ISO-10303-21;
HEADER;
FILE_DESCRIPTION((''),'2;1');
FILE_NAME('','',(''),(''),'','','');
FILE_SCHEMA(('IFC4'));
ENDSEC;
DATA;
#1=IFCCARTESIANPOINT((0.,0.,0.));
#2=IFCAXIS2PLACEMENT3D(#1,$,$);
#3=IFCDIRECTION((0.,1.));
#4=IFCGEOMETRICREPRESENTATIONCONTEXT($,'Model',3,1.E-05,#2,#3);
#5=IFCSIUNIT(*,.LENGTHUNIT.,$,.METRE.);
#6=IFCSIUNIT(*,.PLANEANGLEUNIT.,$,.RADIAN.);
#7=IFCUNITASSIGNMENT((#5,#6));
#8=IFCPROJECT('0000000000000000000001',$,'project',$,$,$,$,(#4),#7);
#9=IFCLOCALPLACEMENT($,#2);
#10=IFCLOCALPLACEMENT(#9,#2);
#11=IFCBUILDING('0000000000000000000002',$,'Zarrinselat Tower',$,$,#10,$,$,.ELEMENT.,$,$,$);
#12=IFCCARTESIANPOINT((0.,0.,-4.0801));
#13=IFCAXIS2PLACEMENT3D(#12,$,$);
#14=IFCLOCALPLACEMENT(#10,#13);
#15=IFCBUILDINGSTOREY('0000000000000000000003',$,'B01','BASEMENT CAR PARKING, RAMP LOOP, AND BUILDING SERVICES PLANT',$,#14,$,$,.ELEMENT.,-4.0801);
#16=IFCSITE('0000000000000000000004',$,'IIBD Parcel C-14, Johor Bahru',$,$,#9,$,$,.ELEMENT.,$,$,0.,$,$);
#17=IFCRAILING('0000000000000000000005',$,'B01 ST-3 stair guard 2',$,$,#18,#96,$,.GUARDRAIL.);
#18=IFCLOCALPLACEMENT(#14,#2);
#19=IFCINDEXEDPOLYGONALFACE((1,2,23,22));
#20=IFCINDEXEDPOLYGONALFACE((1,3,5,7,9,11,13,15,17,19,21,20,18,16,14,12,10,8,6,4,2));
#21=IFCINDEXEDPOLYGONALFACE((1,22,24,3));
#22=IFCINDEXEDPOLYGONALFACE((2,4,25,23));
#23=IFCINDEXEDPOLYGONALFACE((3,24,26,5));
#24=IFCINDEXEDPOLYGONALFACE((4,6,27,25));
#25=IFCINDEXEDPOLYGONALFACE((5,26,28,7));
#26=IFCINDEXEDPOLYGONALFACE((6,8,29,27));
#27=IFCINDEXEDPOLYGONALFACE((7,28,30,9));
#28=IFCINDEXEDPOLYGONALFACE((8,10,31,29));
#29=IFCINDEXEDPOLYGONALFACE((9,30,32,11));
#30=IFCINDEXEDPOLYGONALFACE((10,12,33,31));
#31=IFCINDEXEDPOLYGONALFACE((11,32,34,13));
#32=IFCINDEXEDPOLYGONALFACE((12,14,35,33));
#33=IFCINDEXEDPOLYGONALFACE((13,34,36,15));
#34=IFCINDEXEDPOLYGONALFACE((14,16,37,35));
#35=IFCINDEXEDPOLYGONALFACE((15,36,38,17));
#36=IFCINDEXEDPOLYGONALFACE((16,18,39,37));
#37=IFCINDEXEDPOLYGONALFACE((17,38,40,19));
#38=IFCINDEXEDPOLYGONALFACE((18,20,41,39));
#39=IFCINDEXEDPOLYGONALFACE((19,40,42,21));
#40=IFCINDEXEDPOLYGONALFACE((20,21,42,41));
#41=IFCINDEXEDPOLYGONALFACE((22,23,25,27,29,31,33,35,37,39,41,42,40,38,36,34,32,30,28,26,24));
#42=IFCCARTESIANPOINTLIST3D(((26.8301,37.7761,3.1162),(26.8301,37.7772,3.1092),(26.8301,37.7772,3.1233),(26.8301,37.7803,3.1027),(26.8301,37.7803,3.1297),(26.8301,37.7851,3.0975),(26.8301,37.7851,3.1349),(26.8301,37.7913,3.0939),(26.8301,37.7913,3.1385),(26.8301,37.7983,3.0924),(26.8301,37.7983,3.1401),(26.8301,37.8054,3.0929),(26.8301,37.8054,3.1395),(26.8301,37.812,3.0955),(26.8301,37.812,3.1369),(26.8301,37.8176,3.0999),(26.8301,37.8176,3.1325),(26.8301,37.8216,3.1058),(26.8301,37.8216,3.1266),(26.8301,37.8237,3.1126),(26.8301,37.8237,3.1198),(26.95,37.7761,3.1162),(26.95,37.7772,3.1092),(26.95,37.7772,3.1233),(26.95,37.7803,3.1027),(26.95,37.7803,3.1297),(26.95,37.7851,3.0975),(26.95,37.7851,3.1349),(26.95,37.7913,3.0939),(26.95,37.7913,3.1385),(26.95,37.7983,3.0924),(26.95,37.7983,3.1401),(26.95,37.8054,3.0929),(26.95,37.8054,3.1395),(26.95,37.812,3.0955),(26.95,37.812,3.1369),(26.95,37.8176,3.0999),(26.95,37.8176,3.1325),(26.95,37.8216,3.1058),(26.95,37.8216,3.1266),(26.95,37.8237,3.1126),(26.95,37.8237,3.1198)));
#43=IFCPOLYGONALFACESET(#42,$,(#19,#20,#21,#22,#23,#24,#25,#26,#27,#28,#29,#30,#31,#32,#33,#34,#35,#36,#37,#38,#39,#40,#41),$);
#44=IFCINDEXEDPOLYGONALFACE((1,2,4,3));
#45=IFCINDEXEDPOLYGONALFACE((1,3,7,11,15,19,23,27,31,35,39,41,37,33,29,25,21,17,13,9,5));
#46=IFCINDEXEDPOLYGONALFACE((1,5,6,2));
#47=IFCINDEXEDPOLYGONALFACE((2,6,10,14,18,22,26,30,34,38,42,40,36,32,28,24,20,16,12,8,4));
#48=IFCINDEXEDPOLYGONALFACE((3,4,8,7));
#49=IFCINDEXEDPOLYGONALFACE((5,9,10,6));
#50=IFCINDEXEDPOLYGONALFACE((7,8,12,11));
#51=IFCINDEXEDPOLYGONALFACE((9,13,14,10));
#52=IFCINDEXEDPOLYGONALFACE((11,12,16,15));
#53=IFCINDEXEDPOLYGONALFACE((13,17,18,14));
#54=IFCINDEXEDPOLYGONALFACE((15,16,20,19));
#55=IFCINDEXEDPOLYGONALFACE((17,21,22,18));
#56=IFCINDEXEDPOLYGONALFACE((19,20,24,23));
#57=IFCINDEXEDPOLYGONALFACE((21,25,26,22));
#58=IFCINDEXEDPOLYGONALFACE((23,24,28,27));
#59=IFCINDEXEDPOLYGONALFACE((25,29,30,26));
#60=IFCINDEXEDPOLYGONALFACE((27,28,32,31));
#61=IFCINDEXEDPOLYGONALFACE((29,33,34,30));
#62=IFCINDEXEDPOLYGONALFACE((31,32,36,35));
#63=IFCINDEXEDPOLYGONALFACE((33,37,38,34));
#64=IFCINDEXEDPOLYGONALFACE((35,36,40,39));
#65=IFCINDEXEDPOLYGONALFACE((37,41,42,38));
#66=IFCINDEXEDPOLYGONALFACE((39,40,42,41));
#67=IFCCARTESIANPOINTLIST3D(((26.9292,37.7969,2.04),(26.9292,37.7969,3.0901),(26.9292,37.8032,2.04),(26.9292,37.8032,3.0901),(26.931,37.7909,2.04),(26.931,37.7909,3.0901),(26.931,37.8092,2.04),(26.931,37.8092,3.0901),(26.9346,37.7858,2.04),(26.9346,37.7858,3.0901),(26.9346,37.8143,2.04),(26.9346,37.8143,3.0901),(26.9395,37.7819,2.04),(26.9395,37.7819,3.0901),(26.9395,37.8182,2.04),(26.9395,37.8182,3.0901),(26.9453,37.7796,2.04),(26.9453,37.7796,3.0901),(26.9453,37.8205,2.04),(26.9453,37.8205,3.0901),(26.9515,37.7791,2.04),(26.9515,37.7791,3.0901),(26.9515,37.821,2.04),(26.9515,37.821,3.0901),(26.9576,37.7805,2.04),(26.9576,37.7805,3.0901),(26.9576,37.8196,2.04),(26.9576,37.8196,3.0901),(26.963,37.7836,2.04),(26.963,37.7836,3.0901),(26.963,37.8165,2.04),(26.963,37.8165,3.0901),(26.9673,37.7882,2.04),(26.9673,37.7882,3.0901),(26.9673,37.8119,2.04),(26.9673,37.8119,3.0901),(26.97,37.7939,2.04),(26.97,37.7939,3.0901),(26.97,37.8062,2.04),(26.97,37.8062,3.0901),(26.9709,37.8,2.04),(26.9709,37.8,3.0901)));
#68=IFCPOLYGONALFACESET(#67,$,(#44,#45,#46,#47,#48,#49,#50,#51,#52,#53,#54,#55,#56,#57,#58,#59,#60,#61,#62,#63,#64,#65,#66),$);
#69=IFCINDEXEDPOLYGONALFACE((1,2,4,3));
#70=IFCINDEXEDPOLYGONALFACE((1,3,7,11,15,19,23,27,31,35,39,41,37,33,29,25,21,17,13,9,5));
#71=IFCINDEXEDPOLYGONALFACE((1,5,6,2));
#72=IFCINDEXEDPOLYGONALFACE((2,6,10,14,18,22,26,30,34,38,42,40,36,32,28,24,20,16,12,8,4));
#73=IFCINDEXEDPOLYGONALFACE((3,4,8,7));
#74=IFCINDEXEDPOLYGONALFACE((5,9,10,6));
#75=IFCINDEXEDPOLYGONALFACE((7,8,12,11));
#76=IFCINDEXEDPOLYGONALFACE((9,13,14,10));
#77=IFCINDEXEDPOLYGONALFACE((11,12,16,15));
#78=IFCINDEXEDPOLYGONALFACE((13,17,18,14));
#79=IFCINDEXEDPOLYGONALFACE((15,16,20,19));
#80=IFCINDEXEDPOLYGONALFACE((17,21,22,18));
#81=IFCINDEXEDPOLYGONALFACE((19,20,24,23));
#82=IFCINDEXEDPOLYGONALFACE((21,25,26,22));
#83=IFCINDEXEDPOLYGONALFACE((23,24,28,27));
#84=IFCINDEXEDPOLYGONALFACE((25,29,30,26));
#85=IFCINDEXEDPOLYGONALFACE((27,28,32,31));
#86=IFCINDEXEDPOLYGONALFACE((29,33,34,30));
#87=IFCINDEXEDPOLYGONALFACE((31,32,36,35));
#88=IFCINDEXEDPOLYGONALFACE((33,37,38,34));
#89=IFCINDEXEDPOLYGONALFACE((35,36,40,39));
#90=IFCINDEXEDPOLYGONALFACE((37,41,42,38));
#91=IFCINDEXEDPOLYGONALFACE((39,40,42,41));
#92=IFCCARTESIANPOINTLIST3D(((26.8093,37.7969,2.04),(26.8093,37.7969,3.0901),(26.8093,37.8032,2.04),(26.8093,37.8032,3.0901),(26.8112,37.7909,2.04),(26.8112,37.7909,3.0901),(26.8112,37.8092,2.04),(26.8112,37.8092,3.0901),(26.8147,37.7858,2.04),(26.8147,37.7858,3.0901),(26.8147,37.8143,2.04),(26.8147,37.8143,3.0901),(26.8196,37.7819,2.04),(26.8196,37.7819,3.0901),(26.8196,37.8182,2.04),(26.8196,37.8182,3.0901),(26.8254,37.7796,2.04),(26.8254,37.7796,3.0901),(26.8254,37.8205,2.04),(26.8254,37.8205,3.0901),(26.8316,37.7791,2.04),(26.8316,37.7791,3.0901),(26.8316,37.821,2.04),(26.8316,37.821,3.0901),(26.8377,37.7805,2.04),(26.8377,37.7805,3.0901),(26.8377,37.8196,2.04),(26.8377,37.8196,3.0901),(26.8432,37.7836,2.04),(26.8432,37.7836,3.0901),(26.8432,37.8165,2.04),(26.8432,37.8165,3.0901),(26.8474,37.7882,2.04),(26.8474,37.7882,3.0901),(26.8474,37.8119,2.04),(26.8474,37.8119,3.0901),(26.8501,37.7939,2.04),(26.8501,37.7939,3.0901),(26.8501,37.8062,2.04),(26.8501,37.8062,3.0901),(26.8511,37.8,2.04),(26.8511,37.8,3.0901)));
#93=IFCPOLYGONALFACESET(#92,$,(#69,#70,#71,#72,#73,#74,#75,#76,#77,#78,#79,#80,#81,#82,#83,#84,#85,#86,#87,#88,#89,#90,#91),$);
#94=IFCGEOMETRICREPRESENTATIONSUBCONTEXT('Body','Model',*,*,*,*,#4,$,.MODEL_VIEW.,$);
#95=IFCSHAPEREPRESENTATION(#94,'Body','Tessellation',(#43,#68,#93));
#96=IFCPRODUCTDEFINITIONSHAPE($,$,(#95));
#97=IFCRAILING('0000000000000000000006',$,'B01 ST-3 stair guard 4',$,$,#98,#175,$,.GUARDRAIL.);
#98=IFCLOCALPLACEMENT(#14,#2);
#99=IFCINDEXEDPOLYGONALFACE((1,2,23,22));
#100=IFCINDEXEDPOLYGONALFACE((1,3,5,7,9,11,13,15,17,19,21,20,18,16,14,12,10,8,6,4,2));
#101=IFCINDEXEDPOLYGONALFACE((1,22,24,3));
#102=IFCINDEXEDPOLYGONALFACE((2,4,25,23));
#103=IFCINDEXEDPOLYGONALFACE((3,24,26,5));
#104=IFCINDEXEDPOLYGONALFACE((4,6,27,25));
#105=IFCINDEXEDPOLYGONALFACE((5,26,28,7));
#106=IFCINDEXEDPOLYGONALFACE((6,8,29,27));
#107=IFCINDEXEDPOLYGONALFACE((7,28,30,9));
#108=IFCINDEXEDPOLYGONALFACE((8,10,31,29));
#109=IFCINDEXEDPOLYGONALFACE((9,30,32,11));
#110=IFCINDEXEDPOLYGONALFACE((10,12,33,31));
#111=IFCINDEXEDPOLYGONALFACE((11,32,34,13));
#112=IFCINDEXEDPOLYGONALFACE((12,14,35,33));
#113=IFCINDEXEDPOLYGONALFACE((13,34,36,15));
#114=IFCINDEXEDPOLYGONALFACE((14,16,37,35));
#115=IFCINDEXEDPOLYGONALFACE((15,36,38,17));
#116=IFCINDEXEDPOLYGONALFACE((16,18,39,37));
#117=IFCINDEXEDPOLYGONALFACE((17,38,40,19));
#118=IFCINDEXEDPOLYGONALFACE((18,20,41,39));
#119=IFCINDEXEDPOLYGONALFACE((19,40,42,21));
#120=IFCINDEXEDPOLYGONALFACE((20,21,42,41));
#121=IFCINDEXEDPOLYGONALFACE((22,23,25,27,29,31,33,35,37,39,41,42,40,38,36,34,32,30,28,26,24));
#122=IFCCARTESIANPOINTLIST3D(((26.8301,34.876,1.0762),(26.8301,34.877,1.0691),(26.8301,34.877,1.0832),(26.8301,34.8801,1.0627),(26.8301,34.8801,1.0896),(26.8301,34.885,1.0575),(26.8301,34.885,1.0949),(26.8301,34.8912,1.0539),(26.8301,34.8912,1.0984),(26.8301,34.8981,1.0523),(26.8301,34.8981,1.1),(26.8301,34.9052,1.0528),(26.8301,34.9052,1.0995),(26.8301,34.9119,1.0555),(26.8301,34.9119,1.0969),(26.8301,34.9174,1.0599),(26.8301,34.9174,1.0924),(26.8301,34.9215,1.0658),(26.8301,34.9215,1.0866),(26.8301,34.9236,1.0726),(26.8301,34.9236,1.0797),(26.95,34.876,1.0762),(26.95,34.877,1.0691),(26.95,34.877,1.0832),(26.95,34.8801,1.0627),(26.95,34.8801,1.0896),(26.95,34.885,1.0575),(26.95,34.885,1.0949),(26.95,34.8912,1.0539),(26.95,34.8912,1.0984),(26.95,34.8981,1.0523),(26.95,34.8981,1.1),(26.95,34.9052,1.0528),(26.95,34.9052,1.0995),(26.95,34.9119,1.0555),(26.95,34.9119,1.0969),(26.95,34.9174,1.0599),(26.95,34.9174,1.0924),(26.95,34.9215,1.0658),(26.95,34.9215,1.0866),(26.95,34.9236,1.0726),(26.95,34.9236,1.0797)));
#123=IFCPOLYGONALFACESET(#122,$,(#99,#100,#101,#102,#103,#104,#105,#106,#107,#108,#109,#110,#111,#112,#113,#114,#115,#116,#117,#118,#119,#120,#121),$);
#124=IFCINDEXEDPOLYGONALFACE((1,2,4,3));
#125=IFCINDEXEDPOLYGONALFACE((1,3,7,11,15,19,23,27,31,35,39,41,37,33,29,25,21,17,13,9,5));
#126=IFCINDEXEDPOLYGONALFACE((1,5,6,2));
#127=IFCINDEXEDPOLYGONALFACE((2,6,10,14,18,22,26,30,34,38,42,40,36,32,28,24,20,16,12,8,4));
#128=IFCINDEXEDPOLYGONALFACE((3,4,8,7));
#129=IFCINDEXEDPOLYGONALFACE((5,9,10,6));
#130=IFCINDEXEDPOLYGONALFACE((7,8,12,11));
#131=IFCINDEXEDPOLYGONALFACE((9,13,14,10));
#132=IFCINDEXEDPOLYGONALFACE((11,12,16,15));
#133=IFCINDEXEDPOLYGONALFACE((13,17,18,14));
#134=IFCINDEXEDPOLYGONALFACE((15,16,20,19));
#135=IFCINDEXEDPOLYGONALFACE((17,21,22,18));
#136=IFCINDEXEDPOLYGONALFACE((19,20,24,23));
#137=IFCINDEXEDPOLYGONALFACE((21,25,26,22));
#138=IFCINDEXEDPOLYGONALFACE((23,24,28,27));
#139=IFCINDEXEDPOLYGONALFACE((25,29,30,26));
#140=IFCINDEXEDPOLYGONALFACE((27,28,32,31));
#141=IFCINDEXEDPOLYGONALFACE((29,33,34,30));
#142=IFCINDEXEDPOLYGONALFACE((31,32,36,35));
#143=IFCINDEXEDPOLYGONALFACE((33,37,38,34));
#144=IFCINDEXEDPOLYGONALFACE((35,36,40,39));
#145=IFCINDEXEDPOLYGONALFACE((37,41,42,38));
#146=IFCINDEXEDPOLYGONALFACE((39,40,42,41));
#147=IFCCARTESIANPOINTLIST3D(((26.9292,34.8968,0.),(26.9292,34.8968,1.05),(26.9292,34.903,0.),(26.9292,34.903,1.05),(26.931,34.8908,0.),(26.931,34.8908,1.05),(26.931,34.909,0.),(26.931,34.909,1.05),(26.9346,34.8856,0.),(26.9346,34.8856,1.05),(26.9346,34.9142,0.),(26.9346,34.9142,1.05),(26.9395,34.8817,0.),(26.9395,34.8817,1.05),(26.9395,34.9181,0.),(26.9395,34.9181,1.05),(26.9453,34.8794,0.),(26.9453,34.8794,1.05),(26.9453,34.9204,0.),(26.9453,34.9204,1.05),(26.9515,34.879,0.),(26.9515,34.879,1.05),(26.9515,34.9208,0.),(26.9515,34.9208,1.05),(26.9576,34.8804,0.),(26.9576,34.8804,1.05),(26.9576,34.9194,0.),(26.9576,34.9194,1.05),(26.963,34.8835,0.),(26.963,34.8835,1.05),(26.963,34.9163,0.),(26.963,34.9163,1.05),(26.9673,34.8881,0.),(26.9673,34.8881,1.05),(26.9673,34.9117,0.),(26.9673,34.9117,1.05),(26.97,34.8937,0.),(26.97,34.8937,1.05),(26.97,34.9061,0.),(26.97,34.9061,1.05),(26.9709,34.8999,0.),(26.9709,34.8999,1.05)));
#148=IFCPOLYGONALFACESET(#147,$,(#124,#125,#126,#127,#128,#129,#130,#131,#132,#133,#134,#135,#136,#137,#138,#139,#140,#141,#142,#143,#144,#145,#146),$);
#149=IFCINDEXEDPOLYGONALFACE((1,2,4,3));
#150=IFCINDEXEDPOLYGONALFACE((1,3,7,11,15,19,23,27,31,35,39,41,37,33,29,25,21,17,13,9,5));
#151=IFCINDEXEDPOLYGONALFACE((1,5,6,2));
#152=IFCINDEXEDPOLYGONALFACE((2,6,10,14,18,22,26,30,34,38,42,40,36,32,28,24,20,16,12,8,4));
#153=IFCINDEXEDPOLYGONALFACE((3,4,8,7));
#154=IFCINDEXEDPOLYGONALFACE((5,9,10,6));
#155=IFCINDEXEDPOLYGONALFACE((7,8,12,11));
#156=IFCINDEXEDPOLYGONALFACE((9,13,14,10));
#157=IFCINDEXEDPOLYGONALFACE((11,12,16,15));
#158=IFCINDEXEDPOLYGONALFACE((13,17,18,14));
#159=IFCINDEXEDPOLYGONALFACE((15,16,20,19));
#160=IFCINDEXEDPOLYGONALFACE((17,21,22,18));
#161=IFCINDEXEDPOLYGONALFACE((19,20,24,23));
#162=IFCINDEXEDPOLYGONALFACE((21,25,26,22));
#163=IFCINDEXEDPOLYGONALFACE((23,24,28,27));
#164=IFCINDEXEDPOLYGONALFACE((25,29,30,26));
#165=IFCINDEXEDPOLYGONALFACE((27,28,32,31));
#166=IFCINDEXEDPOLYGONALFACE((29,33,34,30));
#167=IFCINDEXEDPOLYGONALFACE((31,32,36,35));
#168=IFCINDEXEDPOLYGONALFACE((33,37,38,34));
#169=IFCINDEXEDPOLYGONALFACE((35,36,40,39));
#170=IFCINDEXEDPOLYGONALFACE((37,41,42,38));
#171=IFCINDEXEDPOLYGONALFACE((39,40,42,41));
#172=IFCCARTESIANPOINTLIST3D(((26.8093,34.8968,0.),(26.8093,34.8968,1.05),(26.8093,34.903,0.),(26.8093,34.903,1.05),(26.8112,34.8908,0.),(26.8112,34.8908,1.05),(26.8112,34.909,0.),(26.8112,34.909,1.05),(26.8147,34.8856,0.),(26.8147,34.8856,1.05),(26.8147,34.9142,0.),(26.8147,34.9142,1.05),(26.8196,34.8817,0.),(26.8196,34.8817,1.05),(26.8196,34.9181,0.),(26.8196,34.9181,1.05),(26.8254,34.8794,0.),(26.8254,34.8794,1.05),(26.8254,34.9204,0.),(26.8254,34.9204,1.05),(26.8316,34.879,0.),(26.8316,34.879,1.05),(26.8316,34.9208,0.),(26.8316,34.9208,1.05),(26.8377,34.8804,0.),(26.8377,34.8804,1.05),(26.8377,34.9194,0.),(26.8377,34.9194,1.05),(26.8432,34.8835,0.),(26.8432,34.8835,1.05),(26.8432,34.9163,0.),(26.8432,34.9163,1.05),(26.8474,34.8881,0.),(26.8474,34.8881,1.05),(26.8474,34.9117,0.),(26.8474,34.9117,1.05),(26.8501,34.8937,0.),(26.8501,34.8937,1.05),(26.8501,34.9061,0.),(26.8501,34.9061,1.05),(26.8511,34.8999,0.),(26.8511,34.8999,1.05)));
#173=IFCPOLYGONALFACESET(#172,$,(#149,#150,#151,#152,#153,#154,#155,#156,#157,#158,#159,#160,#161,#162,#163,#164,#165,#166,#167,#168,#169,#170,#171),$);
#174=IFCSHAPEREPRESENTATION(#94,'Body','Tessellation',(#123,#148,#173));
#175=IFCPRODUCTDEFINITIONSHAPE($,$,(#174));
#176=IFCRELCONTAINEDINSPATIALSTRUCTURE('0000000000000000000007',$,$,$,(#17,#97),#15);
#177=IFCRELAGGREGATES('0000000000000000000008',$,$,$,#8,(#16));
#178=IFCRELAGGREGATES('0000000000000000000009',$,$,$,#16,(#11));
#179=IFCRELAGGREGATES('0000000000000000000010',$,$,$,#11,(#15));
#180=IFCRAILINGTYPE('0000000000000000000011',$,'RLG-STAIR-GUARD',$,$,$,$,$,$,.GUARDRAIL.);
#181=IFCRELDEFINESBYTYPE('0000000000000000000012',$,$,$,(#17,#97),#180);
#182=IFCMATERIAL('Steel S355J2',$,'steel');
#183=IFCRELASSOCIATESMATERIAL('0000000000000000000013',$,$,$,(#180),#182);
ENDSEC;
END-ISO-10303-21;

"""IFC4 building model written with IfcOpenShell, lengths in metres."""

from ifc_helpers import new_model, si_unit, direction, frame, origin, origin_2d, place, context, subcontext, project, spatial, circle, extrude, material, type_object, element, save


model = new_model("IFC4")

# Units and contexts
model_context = context("Model", 3, precision=1e-05, world=origin(), true_north=direction((0.0, 1.0)))
body_context = subcontext(model_context, "Body", "Model", "MODEL_VIEW")
ifc_project = project(units=[si_unit("LENGTHUNIT", "METRE"), si_unit("PLANEANGLEUNIT", "RADIAN")], contexts=[model_context])

# Site, building, storey
site_placement = place(None, origin())
site = spatial("IfcSite", under=ifc_project, at=site_placement, Name="IIBD Parcel C-14, Johor Bahru", CompositionType="ELEMENT", RefElevation=0.0)
building_placement = place(site_placement, origin())
building = spatial("IfcBuilding", under=site, at=building_placement, Name="Zarrinselat Tower", CompositionType="ELEMENT")
storey_placement = place(building_placement, frame((0.0, 0.0, -4.0801)))
storey = spatial("IfcBuildingStorey", under=building, at=storey_placement, Name="B01", Description="BASEMENT CAR PARKING, RAMP LOOP, AND BUILDING SERVICES PLANT", CompositionType="ELEMENT", Elevation=-4.0801)

# Railings
ifc_material_1 = material(Name="Steel S355J2", Category="steel")
railing_type_1 = type_object("IfcRailingType", Name="RLG-STAIR-GUARD", PredefinedType="GUARDRAIL", material=ifc_material_1)
for number, where, name in (
    (1, (26.95, 37.8, 2.04), "B01 ST-3 stair guard 2"),
    (2, (26.95, 34.8999, 0.0), "B01 ST-3 stair guard 4"),
):
    element("IfcRailing", number, at=place(storey_placement, frame(where)), inside=storey, type_object=railing_type_1, Name=name, PredefinedType="GUARDRAIL", context=body_context, shape_type="SweptSolid", body=[
        extrude(circle(Radius=0.0239, at=origin_2d()), frame((0.0, 0.0, 1.0762), z_axis=(-1.0, 0.0, 0.0), x_axis=(0.0, -1.0, 0.0)), (0.0, 0.0, 1.0), 0.1199),
        extrude(circle(Radius=0.021, at=origin_2d()), origin(), (0.0, 0.0, 1.0), 1.05),
        extrude(circle(Radius=0.021, at=origin_2d()), frame((-0.1199, 0.0, 0.0)), (0.0, 0.0, 1.0), 1.05),
    ])

save(model, "model.ifc")
